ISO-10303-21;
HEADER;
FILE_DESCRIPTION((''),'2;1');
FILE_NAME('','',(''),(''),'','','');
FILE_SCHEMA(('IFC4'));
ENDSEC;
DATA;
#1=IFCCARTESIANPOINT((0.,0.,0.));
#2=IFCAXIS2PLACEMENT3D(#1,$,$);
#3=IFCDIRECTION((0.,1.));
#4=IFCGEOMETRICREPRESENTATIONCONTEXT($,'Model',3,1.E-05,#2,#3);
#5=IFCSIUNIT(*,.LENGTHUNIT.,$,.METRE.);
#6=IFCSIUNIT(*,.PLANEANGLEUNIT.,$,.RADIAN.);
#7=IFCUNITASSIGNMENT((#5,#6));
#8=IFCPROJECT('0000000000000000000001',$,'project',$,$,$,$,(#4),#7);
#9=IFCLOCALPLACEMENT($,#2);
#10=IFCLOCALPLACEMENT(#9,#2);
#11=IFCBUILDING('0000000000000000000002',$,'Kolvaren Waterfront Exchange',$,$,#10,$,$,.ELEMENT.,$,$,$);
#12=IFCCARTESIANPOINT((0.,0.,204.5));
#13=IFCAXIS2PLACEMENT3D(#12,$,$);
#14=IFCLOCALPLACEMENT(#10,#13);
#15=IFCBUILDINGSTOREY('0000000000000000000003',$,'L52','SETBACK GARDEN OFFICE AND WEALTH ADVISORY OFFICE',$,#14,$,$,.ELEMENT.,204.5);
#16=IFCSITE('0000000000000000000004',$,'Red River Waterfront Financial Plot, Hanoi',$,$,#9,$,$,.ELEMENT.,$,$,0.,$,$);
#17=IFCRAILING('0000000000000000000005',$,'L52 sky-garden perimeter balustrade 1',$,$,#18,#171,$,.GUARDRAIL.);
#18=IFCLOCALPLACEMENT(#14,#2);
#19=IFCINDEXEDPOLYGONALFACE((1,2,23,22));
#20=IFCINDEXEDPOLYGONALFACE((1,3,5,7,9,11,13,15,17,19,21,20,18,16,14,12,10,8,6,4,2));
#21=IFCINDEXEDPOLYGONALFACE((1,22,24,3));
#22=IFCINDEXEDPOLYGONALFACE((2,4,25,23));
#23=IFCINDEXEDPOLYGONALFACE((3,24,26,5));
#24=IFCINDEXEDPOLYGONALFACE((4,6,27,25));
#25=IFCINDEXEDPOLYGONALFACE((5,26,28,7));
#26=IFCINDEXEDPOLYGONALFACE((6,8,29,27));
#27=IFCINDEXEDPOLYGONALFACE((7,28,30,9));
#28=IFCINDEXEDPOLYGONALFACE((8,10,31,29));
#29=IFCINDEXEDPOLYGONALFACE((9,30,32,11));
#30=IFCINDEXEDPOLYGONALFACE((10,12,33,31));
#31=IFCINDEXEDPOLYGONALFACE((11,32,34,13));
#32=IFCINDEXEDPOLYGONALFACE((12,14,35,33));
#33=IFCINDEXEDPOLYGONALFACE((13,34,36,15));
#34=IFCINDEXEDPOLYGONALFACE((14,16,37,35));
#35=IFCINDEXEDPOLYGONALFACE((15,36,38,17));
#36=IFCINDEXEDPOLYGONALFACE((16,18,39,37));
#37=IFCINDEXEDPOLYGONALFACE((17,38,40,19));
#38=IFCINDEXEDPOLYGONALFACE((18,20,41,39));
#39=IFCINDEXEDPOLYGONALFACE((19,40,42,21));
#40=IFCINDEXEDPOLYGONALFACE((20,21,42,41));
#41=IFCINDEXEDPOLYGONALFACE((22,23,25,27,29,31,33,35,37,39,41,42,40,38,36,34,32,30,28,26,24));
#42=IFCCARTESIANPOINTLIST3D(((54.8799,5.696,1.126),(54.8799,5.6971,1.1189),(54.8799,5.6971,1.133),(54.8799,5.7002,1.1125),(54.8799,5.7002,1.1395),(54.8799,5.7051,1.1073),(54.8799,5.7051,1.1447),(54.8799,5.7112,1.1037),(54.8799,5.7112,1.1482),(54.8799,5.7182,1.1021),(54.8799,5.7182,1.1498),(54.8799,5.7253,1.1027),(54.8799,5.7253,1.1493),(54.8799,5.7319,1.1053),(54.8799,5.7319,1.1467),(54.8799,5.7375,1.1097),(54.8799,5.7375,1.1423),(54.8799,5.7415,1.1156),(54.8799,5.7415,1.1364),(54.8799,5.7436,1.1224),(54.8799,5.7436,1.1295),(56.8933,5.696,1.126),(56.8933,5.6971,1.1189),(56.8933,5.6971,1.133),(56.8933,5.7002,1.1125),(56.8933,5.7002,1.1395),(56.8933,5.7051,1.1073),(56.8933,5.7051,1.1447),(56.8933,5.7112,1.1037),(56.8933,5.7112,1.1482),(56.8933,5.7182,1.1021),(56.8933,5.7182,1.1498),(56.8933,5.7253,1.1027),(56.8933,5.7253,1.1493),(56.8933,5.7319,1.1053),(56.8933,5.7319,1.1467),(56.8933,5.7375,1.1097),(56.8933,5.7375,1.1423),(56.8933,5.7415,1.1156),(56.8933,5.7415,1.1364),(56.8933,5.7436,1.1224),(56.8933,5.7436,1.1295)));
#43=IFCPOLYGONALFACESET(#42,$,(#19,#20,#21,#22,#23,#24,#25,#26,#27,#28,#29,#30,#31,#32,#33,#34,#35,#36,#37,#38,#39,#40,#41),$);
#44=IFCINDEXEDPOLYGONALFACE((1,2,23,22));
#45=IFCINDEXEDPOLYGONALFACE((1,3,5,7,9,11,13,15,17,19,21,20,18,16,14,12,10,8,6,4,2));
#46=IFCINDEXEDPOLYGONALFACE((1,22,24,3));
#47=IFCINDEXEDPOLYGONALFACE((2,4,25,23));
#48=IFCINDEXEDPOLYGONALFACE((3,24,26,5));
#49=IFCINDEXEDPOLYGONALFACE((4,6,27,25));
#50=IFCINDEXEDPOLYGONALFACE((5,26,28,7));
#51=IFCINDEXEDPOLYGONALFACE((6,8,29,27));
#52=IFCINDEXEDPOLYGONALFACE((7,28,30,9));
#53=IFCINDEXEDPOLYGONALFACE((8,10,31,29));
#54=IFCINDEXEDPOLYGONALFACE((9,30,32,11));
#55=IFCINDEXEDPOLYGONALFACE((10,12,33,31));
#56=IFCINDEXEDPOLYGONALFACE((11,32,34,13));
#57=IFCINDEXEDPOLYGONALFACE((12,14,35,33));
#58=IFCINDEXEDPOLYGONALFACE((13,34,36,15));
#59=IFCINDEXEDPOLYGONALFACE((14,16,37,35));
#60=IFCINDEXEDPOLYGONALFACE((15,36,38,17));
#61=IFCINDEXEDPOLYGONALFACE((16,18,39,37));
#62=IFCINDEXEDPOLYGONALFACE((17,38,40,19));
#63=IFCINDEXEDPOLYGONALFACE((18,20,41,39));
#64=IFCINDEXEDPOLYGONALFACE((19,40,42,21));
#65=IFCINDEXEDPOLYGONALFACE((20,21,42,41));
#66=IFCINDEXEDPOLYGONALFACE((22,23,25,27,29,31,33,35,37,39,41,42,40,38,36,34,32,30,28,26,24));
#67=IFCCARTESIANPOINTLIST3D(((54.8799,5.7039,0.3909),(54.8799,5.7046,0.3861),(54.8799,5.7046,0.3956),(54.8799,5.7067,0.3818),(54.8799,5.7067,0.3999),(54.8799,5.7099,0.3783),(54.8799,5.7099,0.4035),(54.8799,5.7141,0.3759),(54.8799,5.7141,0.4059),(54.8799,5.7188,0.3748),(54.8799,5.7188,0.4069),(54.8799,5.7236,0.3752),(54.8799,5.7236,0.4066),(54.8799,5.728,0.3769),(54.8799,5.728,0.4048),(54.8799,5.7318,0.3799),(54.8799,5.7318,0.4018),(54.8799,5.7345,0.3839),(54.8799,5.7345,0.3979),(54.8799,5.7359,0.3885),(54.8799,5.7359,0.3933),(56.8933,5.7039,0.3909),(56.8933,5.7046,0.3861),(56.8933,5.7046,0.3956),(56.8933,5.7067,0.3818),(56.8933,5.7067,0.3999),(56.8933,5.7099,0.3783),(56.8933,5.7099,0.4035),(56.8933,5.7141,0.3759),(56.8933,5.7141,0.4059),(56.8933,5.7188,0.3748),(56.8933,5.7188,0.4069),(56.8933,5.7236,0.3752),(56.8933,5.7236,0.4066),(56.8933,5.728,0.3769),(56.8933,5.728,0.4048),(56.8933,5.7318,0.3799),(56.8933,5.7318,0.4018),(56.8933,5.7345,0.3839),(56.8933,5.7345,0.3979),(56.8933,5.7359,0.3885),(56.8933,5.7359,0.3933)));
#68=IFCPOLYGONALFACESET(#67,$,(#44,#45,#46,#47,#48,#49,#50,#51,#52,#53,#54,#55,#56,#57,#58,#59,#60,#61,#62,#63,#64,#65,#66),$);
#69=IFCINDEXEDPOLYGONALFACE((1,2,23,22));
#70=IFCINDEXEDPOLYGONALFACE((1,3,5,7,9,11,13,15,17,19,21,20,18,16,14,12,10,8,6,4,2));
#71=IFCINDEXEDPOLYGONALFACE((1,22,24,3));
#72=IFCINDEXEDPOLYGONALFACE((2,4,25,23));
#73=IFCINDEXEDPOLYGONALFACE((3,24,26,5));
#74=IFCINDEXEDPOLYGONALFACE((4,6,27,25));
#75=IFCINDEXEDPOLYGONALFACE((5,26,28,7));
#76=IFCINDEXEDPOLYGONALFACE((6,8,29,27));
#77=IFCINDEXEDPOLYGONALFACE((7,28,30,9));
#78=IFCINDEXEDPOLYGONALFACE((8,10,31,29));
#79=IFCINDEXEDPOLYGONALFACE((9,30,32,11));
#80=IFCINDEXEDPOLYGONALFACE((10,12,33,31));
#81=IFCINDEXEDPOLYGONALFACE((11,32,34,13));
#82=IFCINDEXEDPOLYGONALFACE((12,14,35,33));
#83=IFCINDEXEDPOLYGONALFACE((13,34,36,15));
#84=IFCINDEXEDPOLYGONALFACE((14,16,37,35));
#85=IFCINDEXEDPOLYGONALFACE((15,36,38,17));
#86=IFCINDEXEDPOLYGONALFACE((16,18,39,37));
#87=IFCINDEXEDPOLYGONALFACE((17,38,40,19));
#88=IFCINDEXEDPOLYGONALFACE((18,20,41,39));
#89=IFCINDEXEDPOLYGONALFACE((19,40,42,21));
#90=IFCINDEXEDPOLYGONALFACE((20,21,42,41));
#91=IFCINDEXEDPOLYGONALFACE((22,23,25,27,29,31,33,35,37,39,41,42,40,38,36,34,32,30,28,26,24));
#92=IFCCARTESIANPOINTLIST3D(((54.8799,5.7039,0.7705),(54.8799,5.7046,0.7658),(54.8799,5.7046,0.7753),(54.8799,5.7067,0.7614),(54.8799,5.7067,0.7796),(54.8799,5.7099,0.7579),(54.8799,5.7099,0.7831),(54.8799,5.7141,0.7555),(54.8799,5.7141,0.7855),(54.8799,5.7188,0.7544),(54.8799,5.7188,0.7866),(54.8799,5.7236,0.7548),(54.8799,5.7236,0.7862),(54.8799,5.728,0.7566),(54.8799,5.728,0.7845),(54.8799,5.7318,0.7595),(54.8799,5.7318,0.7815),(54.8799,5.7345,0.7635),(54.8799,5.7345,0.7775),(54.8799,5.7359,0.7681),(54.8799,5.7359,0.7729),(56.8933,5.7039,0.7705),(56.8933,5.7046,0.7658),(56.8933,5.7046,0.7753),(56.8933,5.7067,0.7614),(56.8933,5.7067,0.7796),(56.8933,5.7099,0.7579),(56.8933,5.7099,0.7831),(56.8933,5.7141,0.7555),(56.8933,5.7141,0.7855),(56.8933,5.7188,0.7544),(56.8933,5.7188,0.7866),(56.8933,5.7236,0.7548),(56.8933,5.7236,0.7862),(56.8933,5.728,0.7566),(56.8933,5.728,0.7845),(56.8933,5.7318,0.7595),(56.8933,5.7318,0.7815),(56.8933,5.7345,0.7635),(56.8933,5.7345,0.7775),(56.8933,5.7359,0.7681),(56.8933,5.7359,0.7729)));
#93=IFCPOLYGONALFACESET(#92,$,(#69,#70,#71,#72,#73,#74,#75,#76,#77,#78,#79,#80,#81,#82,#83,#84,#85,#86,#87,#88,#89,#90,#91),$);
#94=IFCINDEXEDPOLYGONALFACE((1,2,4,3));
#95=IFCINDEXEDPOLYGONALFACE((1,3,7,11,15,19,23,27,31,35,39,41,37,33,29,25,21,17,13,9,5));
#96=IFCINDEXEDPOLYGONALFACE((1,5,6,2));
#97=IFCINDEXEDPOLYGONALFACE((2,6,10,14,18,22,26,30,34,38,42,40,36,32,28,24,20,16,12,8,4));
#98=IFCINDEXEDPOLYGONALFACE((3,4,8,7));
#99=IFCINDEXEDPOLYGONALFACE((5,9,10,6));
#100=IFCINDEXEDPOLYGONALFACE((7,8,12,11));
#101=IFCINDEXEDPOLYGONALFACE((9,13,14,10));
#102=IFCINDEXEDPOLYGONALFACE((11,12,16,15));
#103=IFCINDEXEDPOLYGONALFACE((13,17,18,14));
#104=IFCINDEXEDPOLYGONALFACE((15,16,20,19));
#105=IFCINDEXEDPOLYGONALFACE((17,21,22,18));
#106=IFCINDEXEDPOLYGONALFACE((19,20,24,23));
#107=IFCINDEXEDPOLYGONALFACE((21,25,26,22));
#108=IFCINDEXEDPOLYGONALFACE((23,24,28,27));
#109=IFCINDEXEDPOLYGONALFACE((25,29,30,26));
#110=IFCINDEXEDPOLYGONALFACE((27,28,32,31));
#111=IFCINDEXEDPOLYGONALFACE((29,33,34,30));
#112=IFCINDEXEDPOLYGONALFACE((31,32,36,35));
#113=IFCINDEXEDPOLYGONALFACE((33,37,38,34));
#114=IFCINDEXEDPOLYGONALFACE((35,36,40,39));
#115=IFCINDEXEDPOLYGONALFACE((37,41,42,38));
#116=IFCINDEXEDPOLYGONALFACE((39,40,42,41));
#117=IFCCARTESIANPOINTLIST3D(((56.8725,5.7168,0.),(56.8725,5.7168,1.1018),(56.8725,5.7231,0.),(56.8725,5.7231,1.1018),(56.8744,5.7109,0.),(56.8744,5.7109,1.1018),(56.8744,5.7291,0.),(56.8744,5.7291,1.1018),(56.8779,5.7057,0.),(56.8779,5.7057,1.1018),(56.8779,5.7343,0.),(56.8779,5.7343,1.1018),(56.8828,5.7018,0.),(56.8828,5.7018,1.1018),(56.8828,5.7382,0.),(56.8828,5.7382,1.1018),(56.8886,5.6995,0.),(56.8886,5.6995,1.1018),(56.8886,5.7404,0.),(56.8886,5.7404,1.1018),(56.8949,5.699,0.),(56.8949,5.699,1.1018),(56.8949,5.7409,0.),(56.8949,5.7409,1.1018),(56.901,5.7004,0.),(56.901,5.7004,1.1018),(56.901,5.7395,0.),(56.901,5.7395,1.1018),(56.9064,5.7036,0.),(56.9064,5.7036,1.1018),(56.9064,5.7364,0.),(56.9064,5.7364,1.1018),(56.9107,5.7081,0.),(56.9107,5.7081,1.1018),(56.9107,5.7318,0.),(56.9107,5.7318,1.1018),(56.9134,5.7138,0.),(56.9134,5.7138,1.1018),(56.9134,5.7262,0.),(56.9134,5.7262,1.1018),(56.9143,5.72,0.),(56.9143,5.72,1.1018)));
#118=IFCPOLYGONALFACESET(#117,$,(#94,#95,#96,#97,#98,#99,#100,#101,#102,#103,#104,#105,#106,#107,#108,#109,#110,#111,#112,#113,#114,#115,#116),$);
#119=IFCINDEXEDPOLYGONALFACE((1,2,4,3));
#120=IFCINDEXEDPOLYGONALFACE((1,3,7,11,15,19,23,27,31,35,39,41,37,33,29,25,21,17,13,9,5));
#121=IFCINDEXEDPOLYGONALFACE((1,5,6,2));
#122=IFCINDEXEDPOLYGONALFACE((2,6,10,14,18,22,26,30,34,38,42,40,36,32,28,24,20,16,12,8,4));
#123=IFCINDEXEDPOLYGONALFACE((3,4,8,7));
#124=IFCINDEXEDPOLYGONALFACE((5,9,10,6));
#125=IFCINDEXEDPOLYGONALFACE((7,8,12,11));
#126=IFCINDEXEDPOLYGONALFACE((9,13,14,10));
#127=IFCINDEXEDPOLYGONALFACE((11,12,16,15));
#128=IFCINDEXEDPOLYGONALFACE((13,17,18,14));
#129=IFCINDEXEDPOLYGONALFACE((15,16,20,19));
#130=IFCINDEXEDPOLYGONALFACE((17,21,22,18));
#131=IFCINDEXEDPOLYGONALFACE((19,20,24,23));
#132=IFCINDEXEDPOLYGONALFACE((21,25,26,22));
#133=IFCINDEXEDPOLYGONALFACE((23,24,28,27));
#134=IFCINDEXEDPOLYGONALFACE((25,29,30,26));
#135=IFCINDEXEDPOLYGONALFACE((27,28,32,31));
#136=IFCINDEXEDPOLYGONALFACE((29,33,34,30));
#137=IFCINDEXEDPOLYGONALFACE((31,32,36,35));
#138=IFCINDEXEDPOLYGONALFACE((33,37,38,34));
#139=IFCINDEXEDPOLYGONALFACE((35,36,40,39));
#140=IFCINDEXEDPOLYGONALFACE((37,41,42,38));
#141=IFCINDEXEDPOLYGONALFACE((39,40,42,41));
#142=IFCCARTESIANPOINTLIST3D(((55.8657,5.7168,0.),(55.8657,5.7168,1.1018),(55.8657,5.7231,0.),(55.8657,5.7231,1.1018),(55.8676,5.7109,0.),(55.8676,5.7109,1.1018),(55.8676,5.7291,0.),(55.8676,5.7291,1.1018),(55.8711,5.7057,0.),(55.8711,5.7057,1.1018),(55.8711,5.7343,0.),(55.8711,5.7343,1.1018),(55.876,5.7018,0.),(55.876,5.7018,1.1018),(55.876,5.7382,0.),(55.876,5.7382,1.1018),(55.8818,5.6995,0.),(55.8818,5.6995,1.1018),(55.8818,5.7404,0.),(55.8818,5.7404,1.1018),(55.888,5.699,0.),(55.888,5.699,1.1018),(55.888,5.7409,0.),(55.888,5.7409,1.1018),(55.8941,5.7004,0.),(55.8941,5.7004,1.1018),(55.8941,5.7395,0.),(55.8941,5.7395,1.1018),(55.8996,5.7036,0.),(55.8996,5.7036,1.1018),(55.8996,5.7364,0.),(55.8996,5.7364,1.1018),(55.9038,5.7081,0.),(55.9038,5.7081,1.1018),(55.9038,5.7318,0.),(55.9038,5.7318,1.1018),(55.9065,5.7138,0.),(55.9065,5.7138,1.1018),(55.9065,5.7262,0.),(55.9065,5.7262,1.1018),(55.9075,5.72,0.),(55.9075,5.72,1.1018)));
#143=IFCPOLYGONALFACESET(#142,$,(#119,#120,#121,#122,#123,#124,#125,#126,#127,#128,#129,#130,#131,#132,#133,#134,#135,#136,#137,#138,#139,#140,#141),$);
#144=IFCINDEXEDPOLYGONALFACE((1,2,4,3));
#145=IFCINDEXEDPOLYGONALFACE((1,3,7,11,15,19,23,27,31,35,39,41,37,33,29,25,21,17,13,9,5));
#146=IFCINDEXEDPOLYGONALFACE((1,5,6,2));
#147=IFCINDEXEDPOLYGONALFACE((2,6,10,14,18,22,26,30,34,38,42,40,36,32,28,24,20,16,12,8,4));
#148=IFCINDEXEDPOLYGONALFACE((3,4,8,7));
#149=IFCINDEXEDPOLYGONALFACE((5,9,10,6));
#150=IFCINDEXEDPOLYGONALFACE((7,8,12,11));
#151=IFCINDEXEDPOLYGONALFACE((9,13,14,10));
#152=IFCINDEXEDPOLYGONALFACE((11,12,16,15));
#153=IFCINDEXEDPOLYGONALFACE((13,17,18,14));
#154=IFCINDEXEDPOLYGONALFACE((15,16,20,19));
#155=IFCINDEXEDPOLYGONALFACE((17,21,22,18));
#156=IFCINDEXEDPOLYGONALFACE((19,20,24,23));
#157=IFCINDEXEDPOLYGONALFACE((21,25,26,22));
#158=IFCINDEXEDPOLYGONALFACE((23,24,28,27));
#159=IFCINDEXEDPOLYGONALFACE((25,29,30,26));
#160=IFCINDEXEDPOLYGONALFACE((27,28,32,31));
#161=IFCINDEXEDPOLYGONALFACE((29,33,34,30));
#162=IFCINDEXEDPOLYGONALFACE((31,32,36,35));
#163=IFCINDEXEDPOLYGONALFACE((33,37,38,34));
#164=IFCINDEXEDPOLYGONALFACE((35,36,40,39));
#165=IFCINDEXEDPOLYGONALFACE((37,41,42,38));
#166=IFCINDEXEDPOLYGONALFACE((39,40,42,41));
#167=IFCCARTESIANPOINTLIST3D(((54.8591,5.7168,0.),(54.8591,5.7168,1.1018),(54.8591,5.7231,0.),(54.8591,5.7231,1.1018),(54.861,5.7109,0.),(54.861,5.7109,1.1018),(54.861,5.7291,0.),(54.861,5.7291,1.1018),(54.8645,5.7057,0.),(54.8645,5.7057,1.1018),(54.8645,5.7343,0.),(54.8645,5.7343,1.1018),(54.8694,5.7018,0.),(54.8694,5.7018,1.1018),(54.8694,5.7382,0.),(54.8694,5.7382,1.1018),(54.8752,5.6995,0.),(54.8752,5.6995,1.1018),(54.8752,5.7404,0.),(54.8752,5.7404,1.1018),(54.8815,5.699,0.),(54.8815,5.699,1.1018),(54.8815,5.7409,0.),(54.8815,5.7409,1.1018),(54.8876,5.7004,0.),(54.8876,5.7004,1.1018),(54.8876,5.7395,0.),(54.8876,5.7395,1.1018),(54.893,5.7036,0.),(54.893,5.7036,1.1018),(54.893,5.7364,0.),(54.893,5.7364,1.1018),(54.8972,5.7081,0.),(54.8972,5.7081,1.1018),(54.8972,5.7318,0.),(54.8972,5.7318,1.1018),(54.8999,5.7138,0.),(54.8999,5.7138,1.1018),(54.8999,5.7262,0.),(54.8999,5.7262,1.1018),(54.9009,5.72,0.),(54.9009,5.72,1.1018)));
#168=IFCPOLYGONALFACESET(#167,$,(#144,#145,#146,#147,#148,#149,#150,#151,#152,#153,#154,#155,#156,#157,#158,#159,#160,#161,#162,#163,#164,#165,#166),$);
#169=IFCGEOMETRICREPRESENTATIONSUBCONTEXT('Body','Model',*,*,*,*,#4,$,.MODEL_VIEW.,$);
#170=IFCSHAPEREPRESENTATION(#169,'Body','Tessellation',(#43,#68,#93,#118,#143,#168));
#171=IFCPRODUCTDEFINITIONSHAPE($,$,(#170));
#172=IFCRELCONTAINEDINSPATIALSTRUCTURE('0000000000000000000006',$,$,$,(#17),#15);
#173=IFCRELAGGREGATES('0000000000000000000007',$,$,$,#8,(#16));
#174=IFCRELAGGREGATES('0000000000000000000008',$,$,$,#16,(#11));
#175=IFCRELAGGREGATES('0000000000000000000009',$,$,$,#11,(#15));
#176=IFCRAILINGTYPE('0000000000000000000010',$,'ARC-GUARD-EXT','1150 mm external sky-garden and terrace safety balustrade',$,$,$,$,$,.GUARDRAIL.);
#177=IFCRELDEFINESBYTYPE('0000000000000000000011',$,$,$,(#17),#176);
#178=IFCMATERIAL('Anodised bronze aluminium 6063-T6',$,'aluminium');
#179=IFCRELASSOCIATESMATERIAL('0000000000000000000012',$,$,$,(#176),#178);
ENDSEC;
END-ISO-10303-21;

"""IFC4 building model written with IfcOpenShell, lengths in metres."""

from ifc_helpers import new_model, si_unit, direction, frame, origin, origin_2d, place, context, subcontext, project, spatial, circle, extrude, material, type_object, element, save


model = new_model("IFC4")

# Units and contexts
model_context = context("Model", 3, precision=1e-05, world=origin(), true_north=direction((0.0, 1.0)))
body_context = subcontext(model_context, "Body", "Model", "MODEL_VIEW")
ifc_project = project(units=[si_unit("LENGTHUNIT", "METRE"), si_unit("PLANEANGLEUNIT", "RADIAN")], contexts=[model_context])

# Site, building, storey
site_placement = place(None, origin())
site = spatial("IfcSite", under=ifc_project, at=site_placement, Name="Red River Waterfront Financial Plot, Hanoi", CompositionType="ELEMENT", RefElevation=0.0)
building_placement = place(site_placement, origin())
building = spatial("IfcBuilding", under=site, at=building_placement, Name="Kolvaren Waterfront Exchange", CompositionType="ELEMENT")
storey_placement = place(building_placement, frame((0.0, 0.0, 204.5)))
storey = spatial("IfcBuildingStorey", under=building, at=storey_placement, Name="L52", Description="SETBACK GARDEN OFFICE AND WEALTH ADVISORY OFFICE", CompositionType="ELEMENT", Elevation=204.5)

# Shared definitions
ifc_material_1 = material(Name="Anodised bronze aluminium 6063-T6", Category="aluminium")

# Railing
railing_type = type_object("IfcRailingType", Name="ARC-GUARD-EXT", Description="1150 mm external sky-garden and terrace safety balustrade", PredefinedType="GUARDRAIL", material=ifc_material_1)
railing_1_placement = place(storey_placement, frame((56.8933, 5.72, 0.0)))
element("IfcRailing", 1, at=railing_1_placement, inside=storey, type_object=railing_type, Name="L52 sky-garden perimeter balustrade 1", PredefinedType="GUARDRAIL", context=body_context, shape_type="SweptSolid", body=[
    extrude(circle(Radius=0.0239, at=origin_2d()), frame((0.0, 0.0, 1.126), z_axis=(-1.0, 0.0, 0.0), x_axis=(0.0, -1.0, 0.0)), (0.0, 0.0, 1.0), 2.0134),
    extrude(circle(Radius=0.0161, at=origin_2d()), frame((0.0, 0.0, 0.3909), z_axis=(-1.0, 0.0, 0.0), x_axis=(0.0, -1.0, 0.0)), (0.0, 0.0, 1.0), 2.0134),
    extrude(circle(Radius=0.0161, at=origin_2d()), frame((0.0, 0.0, 0.7705), z_axis=(-1.0, 0.0, 0.0), x_axis=(0.0, -1.0, 0.0)), (0.0, 0.0, 1.0), 2.0134),
    extrude(circle(Radius=0.021, at=origin_2d()), origin(), (0.0, 0.0, 1.0), 1.1018),
    extrude(circle(Radius=0.021, at=origin_2d()), frame((-1.0068, 0.0, 0.0)), (0.0, 0.0, 1.0), 1.1018),
    extrude(circle(Radius=0.021, at=origin_2d()), frame((-2.0134, 0.0, 0.0)), (0.0, 0.0, 1.0), 1.1018),
])

save(model, "model.ifc")
